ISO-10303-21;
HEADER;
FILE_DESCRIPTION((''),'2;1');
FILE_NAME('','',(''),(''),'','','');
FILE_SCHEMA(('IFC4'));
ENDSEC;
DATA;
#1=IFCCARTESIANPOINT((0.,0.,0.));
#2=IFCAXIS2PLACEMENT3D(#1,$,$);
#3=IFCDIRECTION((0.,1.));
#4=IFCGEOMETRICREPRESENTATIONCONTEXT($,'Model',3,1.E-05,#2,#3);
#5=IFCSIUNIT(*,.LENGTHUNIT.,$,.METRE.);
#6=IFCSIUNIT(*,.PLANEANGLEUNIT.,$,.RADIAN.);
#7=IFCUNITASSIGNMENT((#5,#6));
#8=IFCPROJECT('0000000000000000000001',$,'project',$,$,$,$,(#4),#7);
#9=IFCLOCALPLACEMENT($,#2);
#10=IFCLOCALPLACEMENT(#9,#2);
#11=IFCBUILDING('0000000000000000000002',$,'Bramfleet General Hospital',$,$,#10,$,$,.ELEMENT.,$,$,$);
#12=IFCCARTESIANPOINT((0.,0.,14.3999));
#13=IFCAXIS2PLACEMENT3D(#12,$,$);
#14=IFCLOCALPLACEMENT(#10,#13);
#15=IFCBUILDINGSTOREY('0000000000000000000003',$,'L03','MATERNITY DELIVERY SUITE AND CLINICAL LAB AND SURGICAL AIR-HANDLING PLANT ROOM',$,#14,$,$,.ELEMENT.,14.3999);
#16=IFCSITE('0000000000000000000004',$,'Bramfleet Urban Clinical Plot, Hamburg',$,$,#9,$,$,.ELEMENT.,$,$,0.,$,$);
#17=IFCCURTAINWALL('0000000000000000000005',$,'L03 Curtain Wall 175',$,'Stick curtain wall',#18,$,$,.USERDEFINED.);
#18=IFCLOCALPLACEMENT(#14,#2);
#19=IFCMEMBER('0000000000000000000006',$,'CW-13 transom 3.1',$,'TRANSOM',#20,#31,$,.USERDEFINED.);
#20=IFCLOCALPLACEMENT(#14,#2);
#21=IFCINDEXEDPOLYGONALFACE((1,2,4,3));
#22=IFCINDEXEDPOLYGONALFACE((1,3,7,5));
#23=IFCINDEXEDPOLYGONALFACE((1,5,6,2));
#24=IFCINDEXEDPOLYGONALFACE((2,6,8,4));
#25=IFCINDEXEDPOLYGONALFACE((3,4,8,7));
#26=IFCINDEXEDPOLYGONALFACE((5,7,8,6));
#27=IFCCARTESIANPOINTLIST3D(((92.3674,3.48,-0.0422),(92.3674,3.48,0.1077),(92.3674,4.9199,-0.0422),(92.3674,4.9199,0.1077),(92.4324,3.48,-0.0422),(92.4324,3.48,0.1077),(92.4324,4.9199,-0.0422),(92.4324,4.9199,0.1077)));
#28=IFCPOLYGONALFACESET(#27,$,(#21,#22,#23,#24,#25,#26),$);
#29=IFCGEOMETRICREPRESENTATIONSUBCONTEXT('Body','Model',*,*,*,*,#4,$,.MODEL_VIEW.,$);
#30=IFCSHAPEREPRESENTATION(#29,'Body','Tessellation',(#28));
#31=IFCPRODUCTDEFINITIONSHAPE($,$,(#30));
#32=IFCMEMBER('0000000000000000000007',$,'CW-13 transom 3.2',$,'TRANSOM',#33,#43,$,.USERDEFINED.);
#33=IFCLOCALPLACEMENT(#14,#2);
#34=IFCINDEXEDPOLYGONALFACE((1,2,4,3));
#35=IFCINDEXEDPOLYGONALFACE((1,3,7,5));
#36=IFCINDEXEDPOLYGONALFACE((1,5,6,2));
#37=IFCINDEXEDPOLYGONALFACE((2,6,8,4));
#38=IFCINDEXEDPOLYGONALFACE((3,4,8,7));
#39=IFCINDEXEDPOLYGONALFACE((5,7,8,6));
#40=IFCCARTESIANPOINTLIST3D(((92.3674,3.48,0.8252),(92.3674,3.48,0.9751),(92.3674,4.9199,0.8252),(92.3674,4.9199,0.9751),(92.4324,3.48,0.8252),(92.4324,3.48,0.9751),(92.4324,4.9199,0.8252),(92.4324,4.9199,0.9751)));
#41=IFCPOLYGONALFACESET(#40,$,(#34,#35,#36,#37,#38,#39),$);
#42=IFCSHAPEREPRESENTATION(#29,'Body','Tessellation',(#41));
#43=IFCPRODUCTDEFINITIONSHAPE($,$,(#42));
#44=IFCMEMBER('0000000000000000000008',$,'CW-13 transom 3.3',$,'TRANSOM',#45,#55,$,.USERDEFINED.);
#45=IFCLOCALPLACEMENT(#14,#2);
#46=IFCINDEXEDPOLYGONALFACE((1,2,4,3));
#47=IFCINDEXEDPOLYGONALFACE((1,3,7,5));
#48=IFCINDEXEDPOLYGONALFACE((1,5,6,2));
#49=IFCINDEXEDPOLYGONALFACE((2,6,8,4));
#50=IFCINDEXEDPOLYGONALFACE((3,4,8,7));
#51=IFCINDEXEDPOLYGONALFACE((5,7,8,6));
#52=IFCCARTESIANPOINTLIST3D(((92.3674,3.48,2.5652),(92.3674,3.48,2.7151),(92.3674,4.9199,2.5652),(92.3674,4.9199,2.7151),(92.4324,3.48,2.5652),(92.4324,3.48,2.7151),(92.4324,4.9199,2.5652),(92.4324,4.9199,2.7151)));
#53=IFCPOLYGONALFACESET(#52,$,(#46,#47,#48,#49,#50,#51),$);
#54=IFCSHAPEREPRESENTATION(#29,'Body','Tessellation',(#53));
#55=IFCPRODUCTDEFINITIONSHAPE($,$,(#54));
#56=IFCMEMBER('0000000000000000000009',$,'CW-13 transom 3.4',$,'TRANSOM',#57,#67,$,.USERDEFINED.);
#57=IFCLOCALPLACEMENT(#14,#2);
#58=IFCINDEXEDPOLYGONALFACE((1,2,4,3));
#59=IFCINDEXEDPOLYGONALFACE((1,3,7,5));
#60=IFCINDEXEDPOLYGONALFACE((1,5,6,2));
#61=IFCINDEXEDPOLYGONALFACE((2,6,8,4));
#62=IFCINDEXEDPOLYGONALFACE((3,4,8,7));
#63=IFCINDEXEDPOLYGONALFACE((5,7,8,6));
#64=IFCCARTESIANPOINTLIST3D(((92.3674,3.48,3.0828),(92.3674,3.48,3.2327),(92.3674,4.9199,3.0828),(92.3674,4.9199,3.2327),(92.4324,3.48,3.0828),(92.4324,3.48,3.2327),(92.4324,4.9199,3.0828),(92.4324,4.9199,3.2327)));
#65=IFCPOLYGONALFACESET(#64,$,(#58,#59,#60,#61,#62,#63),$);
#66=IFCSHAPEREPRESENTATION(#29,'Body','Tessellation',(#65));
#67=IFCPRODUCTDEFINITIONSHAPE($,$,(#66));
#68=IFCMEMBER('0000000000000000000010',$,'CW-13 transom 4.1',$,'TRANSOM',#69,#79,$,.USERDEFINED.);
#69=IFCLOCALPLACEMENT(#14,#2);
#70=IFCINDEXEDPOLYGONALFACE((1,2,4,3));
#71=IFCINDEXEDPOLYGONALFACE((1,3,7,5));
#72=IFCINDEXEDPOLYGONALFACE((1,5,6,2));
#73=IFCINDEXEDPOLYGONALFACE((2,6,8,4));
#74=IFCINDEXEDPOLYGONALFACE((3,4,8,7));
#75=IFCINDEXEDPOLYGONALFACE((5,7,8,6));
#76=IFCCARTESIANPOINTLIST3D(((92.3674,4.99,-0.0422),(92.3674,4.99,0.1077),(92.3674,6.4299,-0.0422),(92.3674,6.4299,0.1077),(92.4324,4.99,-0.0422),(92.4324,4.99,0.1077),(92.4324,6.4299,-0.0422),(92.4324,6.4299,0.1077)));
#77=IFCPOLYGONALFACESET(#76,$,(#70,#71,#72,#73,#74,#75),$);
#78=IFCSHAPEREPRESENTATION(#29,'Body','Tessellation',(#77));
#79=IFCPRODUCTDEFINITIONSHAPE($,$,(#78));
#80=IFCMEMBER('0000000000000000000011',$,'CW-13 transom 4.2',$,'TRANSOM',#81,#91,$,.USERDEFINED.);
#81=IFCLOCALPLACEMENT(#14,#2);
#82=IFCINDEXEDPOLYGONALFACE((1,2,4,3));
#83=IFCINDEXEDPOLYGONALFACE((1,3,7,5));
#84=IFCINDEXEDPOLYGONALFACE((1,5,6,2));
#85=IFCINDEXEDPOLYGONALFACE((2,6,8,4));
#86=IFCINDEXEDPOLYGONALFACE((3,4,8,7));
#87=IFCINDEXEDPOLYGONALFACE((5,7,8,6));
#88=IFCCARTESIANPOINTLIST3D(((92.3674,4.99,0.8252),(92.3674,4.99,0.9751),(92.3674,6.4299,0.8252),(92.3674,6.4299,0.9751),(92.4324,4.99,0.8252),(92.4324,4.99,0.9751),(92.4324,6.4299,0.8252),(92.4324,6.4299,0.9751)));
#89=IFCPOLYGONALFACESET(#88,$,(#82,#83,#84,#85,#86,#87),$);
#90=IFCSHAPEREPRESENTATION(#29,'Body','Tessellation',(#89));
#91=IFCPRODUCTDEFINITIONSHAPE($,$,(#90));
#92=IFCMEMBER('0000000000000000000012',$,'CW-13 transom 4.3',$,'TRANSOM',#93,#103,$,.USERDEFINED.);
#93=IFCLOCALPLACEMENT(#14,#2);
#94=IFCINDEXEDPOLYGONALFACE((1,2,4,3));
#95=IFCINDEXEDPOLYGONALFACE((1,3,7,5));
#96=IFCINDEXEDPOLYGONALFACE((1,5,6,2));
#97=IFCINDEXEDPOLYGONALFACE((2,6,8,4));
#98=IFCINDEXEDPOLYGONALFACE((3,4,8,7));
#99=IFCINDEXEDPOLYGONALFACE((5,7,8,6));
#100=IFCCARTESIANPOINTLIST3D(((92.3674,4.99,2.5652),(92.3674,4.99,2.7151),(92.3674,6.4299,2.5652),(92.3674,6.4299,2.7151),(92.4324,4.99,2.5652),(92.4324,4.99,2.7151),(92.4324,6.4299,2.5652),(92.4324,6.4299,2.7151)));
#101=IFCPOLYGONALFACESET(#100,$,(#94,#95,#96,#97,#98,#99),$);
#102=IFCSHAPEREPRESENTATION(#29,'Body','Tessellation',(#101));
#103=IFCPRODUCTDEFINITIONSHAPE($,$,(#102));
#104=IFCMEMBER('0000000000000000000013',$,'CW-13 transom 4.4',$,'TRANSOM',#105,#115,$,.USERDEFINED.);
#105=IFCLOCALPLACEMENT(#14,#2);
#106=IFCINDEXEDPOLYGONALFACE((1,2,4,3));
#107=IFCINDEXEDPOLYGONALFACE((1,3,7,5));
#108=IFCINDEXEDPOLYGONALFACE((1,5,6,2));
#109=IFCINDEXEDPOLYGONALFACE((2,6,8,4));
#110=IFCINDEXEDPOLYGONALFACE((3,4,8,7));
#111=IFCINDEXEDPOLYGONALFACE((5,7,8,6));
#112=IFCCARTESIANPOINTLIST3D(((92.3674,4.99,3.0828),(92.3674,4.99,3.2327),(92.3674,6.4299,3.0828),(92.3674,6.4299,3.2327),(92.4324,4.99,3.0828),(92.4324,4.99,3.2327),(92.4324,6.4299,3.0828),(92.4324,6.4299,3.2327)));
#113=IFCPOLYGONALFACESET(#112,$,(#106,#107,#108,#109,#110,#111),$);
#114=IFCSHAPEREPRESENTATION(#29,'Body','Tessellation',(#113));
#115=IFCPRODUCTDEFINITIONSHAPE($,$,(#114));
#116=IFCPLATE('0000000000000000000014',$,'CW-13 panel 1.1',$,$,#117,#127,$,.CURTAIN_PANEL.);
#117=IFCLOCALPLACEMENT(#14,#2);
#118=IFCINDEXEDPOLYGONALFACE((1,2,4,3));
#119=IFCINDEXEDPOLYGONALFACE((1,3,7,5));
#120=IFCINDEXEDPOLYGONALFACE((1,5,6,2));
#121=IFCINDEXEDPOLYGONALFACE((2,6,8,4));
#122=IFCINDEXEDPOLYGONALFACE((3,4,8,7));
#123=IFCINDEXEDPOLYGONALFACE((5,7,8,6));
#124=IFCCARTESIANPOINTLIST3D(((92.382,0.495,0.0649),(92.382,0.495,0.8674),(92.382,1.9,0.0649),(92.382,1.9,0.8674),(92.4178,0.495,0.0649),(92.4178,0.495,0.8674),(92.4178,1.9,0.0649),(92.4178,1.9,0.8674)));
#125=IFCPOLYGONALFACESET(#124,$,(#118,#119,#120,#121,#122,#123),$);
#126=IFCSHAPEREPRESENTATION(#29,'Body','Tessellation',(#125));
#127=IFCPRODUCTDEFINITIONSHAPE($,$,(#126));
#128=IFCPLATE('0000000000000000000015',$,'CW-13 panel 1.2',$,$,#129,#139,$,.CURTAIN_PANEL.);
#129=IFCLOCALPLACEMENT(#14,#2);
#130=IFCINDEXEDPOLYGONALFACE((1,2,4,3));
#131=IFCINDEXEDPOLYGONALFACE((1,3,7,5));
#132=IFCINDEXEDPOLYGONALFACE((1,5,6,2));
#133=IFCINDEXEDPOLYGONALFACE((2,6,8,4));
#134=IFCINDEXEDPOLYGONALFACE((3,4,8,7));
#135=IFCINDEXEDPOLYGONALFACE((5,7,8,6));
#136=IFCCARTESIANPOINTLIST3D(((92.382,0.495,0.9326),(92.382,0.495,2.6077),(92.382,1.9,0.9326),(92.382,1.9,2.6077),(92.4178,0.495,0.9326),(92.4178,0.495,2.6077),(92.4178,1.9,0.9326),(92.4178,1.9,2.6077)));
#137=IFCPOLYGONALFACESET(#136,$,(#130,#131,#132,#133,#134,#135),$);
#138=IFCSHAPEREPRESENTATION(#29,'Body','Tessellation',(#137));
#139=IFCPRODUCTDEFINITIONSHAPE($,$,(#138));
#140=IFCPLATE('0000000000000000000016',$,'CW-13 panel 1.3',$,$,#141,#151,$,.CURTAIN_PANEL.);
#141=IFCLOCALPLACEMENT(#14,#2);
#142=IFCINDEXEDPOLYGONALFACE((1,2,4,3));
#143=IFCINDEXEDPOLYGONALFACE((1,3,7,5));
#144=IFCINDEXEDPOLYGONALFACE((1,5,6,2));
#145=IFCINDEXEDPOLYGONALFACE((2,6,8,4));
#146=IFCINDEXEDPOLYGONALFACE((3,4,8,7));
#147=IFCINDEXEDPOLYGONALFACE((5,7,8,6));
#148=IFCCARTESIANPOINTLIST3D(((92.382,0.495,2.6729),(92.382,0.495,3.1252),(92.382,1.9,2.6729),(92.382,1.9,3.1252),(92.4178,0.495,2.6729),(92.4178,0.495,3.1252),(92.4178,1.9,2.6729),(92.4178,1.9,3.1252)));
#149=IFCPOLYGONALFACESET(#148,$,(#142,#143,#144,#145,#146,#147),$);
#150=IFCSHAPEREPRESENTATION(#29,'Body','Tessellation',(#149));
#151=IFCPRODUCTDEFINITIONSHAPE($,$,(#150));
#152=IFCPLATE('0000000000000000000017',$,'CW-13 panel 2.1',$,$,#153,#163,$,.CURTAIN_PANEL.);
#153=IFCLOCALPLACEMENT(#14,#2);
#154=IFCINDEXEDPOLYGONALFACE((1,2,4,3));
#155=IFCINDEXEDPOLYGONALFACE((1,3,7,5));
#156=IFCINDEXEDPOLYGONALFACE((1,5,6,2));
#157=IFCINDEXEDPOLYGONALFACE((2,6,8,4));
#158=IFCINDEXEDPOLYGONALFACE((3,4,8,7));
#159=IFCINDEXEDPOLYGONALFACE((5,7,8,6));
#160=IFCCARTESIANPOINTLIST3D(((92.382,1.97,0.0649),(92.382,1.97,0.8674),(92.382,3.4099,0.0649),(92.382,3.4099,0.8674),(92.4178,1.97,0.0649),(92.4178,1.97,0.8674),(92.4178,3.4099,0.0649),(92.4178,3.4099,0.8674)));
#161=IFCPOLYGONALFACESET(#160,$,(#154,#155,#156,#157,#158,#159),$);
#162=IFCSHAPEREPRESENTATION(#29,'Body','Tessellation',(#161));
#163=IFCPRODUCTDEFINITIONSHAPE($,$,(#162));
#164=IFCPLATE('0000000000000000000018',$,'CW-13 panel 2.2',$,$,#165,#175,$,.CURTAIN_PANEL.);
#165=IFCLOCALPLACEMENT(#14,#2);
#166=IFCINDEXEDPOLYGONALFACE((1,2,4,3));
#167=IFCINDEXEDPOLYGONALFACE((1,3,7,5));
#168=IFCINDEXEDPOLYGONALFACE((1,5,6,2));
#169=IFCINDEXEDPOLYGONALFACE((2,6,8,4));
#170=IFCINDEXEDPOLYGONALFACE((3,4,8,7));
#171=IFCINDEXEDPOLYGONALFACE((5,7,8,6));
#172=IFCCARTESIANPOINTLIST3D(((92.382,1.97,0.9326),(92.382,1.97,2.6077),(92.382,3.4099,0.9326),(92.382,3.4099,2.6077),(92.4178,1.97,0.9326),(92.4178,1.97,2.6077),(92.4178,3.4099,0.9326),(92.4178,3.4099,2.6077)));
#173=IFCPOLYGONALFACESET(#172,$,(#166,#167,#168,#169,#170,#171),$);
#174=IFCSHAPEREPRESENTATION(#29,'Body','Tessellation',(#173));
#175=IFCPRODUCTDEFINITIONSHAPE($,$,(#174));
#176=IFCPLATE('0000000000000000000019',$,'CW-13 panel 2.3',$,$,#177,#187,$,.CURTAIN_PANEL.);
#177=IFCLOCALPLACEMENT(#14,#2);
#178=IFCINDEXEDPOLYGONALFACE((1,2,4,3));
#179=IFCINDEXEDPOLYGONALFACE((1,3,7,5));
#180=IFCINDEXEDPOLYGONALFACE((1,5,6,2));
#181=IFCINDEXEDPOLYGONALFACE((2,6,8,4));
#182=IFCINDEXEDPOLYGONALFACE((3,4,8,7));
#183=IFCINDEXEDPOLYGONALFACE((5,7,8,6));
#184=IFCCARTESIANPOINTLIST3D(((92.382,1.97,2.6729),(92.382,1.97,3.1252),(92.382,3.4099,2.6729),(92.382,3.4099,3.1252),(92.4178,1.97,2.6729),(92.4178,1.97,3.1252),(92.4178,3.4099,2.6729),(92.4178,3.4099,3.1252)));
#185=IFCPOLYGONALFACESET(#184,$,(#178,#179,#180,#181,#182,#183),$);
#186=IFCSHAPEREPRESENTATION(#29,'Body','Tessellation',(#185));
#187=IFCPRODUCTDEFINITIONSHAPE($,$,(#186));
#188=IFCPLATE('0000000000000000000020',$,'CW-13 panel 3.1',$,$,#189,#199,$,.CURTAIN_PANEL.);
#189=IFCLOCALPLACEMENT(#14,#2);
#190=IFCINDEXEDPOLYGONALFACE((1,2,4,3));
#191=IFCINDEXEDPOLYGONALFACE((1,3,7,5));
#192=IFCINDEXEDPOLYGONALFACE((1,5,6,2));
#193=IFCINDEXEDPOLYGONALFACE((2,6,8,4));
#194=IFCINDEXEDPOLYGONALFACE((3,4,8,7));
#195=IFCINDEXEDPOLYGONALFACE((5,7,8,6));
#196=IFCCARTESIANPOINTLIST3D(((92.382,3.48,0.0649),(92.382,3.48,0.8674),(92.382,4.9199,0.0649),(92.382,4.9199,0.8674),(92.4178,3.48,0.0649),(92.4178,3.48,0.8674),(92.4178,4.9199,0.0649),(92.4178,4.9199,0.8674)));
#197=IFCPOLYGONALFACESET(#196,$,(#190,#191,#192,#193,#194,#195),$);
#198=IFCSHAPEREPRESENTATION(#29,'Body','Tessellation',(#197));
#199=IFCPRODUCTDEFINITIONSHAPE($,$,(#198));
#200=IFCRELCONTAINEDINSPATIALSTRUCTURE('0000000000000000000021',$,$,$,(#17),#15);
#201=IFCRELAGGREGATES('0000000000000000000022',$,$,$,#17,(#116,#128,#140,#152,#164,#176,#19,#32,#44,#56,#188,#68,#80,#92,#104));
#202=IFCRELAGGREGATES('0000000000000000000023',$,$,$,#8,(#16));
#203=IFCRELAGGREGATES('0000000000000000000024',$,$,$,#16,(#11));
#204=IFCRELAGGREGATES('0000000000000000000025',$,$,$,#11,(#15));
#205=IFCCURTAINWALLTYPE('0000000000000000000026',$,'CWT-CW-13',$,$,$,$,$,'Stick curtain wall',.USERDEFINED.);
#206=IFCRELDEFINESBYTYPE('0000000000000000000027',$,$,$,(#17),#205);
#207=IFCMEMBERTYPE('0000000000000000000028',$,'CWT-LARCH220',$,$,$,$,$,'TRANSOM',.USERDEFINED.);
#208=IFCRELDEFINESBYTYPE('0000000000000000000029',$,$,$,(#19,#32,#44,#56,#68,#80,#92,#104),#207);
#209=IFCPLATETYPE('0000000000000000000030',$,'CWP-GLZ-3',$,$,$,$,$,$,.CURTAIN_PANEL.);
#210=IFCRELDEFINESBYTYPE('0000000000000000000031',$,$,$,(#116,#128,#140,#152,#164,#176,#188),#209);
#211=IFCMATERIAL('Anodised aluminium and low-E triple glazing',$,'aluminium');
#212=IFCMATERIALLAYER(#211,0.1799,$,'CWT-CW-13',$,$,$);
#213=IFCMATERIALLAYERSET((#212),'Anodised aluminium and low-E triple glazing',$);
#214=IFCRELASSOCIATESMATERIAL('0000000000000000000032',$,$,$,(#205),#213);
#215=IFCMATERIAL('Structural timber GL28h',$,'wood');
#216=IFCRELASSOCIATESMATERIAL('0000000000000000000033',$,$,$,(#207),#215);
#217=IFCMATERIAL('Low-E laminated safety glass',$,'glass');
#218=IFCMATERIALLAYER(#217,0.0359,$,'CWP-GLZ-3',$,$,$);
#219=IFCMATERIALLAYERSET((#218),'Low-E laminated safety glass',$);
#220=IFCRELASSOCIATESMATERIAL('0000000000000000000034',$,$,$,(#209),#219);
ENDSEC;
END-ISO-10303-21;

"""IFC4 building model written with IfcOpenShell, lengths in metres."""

from ifc_helpers import new_model, si_unit, direction, frame, origin, origin_2d, place, context, subcontext, project, spatial, rectangle, extrude, material, layer, layer_set, material_profile, profile_set, type_object, element, aggregate, save


model = new_model("IFC4")

# Units and contexts
model_context = context("Model", 3, precision=1e-05, world=origin(), true_north=direction((0.0, 1.0)))
body_context = subcontext(model_context, "Body", "Model", "MODEL_VIEW")
ifc_project = project(units=[si_unit("LENGTHUNIT", "METRE"), si_unit("PLANEANGLEUNIT", "RADIAN")], contexts=[model_context])

# Site, building, storey
site_placement = place(None, origin())
site = spatial("IfcSite", under=ifc_project, at=site_placement, Name="Bramfleet Urban Clinical Plot, Hamburg", CompositionType="ELEMENT", RefElevation=0.0)
building_placement = place(site_placement, origin())
building = spatial("IfcBuilding", under=site, at=building_placement, Name="Bramfleet General Hospital", CompositionType="ELEMENT")
storey_placement = place(building_placement, frame((0.0, 0.0, 14.3999)))
storey = spatial("IfcBuildingStorey", under=building, at=storey_placement, Name="L03", Description="MATERNITY DELIVERY SUITE AND CLINICAL LAB AND SURGICAL AIR-HANDLING PLANT ROOM", CompositionType="ELEMENT", Elevation=14.3999)

# Curtain wall, members, plates
ifc_material_1 = material(Name="Anodised aluminium and low-E triple glazing", Category="aluminium")
ifc_layer_1 = layer(ifc_material_1, 0.1799, Name="CWT-CW-13")
ifc_layer_set_1 = layer_set([ifc_layer_1], Name="Anodised aluminium and low-E triple glazing")
curtain_wall_type = type_object("IfcCurtainWallType", Name="CWT-CW-13", ElementType="Stick curtain wall", PredefinedType="USERDEFINED", material=ifc_layer_set_1)
curtain_wall_placement = place(storey_placement, origin())
curtain_wall = element("IfcCurtainWall", 1, at=curtain_wall_placement, inside=storey, type_object=curtain_wall_type, Name="L03 Curtain Wall 175", ObjectType="Stick curtain wall", PredefinedType="USERDEFINED")
ifc_material_2 = material(Name="Structural timber GL28h", Category="wood")
ifc_material_profile_1 = material_profile(ifc_material_2, rectangle(XDim=0.0649, YDim=0.1499, at=origin_2d()), Name="LARCH 150x65")
ifc_profile_set_1 = profile_set([ifc_material_profile_1], Name="Structural timber GL28h")
member_type_1 = type_object("IfcMemberType", Name="CWT-LARCH220", ElementType="TRANSOM", PredefinedType="USERDEFINED", material=ifc_profile_set_1)
member_1_placement = place(storey_placement, frame((92.3999, 3.48, 0.0327), z_axis=(0.0, 1.0, 0.0), x_axis=(-1.0, 0.0, 0.0)))
member_1 = element("IfcMember", 2, at=member_1_placement, type_object=member_type_1, Name="CW-13 transom 3.1", ObjectType="TRANSOM", PredefinedType="USERDEFINED", context=body_context, shape_type="SweptSolid", body=[
    extrude(rectangle(XDim=0.0649, YDim=0.1499, at=origin_2d()), origin(), (0.0, 0.0, 1.0), 1.4399),
])
member_2_placement = place(storey_placement, frame((92.3999, 3.48, 0.9001), z_axis=(0.0, 1.0, 0.0), x_axis=(-1.0, 0.0, 0.0)))
member_2 = element("IfcMember", 3, at=member_2_placement, type_object=member_type_1, Name="CW-13 transom 3.2", ObjectType="TRANSOM", PredefinedType="USERDEFINED", context=body_context, shape_type="SweptSolid", body=[
    extrude(rectangle(XDim=0.0649, YDim=0.1499, at=origin_2d()), origin(), (0.0, 0.0, 1.0), 1.4399),
])
member_3_placement = place(storey_placement, frame((92.3999, 3.48, 2.6401), z_axis=(0.0, 1.0, 0.0), x_axis=(-1.0, 0.0, 0.0)))
member_3 = element("IfcMember", 4, at=member_3_placement, type_object=member_type_1, Name="CW-13 transom 3.3", ObjectType="TRANSOM", PredefinedType="USERDEFINED", context=body_context, shape_type="SweptSolid", body=[
    extrude(rectangle(XDim=0.0649, YDim=0.1499, at=origin_2d()), origin(), (0.0, 0.0, 1.0), 1.4399),
])
member_4_placement = place(storey_placement, frame((92.3999, 3.48, 3.1577), z_axis=(0.0, 1.0, 0.0), x_axis=(-1.0, 0.0, 0.0)))
member_4 = element("IfcMember", 5, at=member_4_placement, type_object=member_type_1, Name="CW-13 transom 3.4", ObjectType="TRANSOM", PredefinedType="USERDEFINED", context=body_context, shape_type="SweptSolid", body=[
    extrude(rectangle(XDim=0.0649, YDim=0.1499, at=origin_2d()), origin(), (0.0, 0.0, 1.0), 1.4399),
])
member_5_placement = place(storey_placement, frame((92.3999, 4.99, 0.0327), z_axis=(0.0, 1.0, 0.0), x_axis=(-1.0, 0.0, 0.0)))
member_5 = element("IfcMember", 6, at=member_5_placement, type_object=member_type_1, Name="CW-13 transom 4.1", ObjectType="TRANSOM", PredefinedType="USERDEFINED", context=body_context, shape_type="SweptSolid", body=[
    extrude(rectangle(XDim=0.0649, YDim=0.1499, at=origin_2d()), origin(), (0.0, 0.0, 1.0), 1.4399),
])
member_6_placement = place(storey_placement, frame((92.3999, 4.99, 0.9001), z_axis=(0.0, 1.0, 0.0), x_axis=(-1.0, 0.0, 0.0)))
member_6 = element("IfcMember", 7, at=member_6_placement, type_object=member_type_1, Name="CW-13 transom 4.2", ObjectType="TRANSOM", PredefinedType="USERDEFINED", context=body_context, shape_type="SweptSolid", body=[
    extrude(rectangle(XDim=0.0649, YDim=0.1499, at=origin_2d()), origin(), (0.0, 0.0, 1.0), 1.4399),
])
member_7_placement = place(storey_placement, frame((92.3999, 4.99, 2.6401), z_axis=(0.0, 1.0, 0.0), x_axis=(-1.0, 0.0, 0.0)))
member_7 = element("IfcMember", 8, at=member_7_placement, type_object=member_type_1, Name="CW-13 transom 4.3", ObjectType="TRANSOM", PredefinedType="USERDEFINED", context=body_context, shape_type="SweptSolid", body=[
    extrude(rectangle(XDim=0.0649, YDim=0.1499, at=origin_2d()), origin(), (0.0, 0.0, 1.0), 1.4399),
])
member_8_placement = place(storey_placement, frame((92.3999, 4.99, 3.1577), z_axis=(0.0, 1.0, 0.0), x_axis=(-1.0, 0.0, 0.0)))
member_8 = element("IfcMember", 9, at=member_8_placement, type_object=member_type_1, Name="CW-13 transom 4.4", ObjectType="TRANSOM", PredefinedType="USERDEFINED", context=body_context, shape_type="SweptSolid", body=[
    extrude(rectangle(XDim=0.0649, YDim=0.1499, at=origin_2d()), origin(), (0.0, 0.0, 1.0), 1.4399),
])
ifc_material_3 = material(Name="Low-E laminated safety glass", Category="glass")
ifc_layer_2 = layer(ifc_material_3, 0.0359, Name="CWP-GLZ-3")
ifc_layer_set_2 = layer_set([ifc_layer_2], Name="Low-E laminated safety glass")
plate_type = type_object("IfcPlateType", Name="CWP-GLZ-3", PredefinedType="CURTAIN_PANEL", material=ifc_layer_set_2)
plate_1_placement = place(storey_placement, frame((92.3999, 1.1975, 0.0649), z_axis=(0.0, 0.0, 1.0), x_axis=(0.0, 1.0, 0.0)))
plate_1 = element("IfcPlate", 10, at=plate_1_placement, type_object=plate_type, Name="CW-13 panel 1.1", PredefinedType="CURTAIN_PANEL", context=body_context, shape_type="SweptSolid", body=[
    extrude(rectangle(XDim=1.405, YDim=0.0359, at=origin_2d()), origin(), (0.0, 0.0, 1.0), 0.8025),
])
plate_2_placement = place(storey_placement, frame((92.3999, 1.1975, 0.9326), z_axis=(0.0, 0.0, 1.0), x_axis=(0.0, 1.0, 0.0)))
plate_2 = element("IfcPlate", 11, at=plate_2_placement, type_object=plate_type, Name="CW-13 panel 1.2", PredefinedType="CURTAIN_PANEL", context=body_context, shape_type="SweptSolid", body=[
    extrude(rectangle(XDim=1.405, YDim=0.0359, at=origin_2d()), origin(), (0.0, 0.0, 1.0), 1.675),
])
plate_3_placement = place(storey_placement, frame((92.3999, 1.1975, 2.6729), z_axis=(0.0, 0.0, 1.0), x_axis=(0.0, 1.0, 0.0)))
plate_3 = element("IfcPlate", 12, at=plate_3_placement, type_object=plate_type, Name="CW-13 panel 1.3", PredefinedType="CURTAIN_PANEL", context=body_context, shape_type="SweptSolid", body=[
    extrude(rectangle(XDim=1.405, YDim=0.0359, at=origin_2d()), origin(), (0.0, 0.0, 1.0), 0.4524),
])
plate_4_placement = place(storey_placement, frame((92.3999, 2.6899, 0.0649), z_axis=(0.0, 0.0, 1.0), x_axis=(0.0, 1.0, 0.0)))
plate_4 = element("IfcPlate", 13, at=plate_4_placement, type_object=plate_type, Name="CW-13 panel 2.1", PredefinedType="CURTAIN_PANEL", context=body_context, shape_type="SweptSolid", body=[
    extrude(rectangle(XDim=1.4399, YDim=0.0359, at=origin_2d()), origin(), (0.0, 0.0, 1.0), 0.8025),
])
plate_5_placement = place(storey_placement, frame((92.3999, 2.6899, 0.9326), z_axis=(0.0, 0.0, 1.0), x_axis=(0.0, 1.0, 0.0)))
plate_5 = element("IfcPlate", 14, at=plate_5_placement, type_object=plate_type, Name="CW-13 panel 2.2", PredefinedType="CURTAIN_PANEL", context=body_context, shape_type="SweptSolid", body=[
    extrude(rectangle(XDim=1.4399, YDim=0.0359, at=origin_2d()), origin(), (0.0, 0.0, 1.0), 1.675),
])
plate_6_placement = place(storey_placement, frame((92.3999, 2.6899, 2.6729), z_axis=(0.0, 0.0, 1.0), x_axis=(0.0, 1.0, 0.0)))
plate_6 = element("IfcPlate", 15, at=plate_6_placement, type_object=plate_type, Name="CW-13 panel 2.3", PredefinedType="CURTAIN_PANEL", context=body_context, shape_type="SweptSolid", body=[
    extrude(rectangle(XDim=1.4399, YDim=0.0359, at=origin_2d()), origin(), (0.0, 0.0, 1.0), 0.4524),
])
plate_7_placement = place(storey_placement, frame((92.3999, 4.2, 0.0649), z_axis=(0.0, 0.0, 1.0), x_axis=(0.0, 1.0, 0.0)))
plate_7 = element("IfcPlate", 16, at=plate_7_placement, type_object=plate_type, Name="CW-13 panel 3.1", PredefinedType="CURTAIN_PANEL", context=body_context, shape_type="SweptSolid", body=[
    extrude(rectangle(XDim=1.4399, YDim=0.0359, at=origin_2d()), origin(), (0.0, 0.0, 1.0), 0.8025),
])
aggregate(curtain_wall, [plate_1, plate_2, plate_3, plate_4, plate_5, plate_6, member_1, member_2, member_3, member_4, plate_7, member_5, member_6, member_7, member_8])

save(model, "model.ifc")
